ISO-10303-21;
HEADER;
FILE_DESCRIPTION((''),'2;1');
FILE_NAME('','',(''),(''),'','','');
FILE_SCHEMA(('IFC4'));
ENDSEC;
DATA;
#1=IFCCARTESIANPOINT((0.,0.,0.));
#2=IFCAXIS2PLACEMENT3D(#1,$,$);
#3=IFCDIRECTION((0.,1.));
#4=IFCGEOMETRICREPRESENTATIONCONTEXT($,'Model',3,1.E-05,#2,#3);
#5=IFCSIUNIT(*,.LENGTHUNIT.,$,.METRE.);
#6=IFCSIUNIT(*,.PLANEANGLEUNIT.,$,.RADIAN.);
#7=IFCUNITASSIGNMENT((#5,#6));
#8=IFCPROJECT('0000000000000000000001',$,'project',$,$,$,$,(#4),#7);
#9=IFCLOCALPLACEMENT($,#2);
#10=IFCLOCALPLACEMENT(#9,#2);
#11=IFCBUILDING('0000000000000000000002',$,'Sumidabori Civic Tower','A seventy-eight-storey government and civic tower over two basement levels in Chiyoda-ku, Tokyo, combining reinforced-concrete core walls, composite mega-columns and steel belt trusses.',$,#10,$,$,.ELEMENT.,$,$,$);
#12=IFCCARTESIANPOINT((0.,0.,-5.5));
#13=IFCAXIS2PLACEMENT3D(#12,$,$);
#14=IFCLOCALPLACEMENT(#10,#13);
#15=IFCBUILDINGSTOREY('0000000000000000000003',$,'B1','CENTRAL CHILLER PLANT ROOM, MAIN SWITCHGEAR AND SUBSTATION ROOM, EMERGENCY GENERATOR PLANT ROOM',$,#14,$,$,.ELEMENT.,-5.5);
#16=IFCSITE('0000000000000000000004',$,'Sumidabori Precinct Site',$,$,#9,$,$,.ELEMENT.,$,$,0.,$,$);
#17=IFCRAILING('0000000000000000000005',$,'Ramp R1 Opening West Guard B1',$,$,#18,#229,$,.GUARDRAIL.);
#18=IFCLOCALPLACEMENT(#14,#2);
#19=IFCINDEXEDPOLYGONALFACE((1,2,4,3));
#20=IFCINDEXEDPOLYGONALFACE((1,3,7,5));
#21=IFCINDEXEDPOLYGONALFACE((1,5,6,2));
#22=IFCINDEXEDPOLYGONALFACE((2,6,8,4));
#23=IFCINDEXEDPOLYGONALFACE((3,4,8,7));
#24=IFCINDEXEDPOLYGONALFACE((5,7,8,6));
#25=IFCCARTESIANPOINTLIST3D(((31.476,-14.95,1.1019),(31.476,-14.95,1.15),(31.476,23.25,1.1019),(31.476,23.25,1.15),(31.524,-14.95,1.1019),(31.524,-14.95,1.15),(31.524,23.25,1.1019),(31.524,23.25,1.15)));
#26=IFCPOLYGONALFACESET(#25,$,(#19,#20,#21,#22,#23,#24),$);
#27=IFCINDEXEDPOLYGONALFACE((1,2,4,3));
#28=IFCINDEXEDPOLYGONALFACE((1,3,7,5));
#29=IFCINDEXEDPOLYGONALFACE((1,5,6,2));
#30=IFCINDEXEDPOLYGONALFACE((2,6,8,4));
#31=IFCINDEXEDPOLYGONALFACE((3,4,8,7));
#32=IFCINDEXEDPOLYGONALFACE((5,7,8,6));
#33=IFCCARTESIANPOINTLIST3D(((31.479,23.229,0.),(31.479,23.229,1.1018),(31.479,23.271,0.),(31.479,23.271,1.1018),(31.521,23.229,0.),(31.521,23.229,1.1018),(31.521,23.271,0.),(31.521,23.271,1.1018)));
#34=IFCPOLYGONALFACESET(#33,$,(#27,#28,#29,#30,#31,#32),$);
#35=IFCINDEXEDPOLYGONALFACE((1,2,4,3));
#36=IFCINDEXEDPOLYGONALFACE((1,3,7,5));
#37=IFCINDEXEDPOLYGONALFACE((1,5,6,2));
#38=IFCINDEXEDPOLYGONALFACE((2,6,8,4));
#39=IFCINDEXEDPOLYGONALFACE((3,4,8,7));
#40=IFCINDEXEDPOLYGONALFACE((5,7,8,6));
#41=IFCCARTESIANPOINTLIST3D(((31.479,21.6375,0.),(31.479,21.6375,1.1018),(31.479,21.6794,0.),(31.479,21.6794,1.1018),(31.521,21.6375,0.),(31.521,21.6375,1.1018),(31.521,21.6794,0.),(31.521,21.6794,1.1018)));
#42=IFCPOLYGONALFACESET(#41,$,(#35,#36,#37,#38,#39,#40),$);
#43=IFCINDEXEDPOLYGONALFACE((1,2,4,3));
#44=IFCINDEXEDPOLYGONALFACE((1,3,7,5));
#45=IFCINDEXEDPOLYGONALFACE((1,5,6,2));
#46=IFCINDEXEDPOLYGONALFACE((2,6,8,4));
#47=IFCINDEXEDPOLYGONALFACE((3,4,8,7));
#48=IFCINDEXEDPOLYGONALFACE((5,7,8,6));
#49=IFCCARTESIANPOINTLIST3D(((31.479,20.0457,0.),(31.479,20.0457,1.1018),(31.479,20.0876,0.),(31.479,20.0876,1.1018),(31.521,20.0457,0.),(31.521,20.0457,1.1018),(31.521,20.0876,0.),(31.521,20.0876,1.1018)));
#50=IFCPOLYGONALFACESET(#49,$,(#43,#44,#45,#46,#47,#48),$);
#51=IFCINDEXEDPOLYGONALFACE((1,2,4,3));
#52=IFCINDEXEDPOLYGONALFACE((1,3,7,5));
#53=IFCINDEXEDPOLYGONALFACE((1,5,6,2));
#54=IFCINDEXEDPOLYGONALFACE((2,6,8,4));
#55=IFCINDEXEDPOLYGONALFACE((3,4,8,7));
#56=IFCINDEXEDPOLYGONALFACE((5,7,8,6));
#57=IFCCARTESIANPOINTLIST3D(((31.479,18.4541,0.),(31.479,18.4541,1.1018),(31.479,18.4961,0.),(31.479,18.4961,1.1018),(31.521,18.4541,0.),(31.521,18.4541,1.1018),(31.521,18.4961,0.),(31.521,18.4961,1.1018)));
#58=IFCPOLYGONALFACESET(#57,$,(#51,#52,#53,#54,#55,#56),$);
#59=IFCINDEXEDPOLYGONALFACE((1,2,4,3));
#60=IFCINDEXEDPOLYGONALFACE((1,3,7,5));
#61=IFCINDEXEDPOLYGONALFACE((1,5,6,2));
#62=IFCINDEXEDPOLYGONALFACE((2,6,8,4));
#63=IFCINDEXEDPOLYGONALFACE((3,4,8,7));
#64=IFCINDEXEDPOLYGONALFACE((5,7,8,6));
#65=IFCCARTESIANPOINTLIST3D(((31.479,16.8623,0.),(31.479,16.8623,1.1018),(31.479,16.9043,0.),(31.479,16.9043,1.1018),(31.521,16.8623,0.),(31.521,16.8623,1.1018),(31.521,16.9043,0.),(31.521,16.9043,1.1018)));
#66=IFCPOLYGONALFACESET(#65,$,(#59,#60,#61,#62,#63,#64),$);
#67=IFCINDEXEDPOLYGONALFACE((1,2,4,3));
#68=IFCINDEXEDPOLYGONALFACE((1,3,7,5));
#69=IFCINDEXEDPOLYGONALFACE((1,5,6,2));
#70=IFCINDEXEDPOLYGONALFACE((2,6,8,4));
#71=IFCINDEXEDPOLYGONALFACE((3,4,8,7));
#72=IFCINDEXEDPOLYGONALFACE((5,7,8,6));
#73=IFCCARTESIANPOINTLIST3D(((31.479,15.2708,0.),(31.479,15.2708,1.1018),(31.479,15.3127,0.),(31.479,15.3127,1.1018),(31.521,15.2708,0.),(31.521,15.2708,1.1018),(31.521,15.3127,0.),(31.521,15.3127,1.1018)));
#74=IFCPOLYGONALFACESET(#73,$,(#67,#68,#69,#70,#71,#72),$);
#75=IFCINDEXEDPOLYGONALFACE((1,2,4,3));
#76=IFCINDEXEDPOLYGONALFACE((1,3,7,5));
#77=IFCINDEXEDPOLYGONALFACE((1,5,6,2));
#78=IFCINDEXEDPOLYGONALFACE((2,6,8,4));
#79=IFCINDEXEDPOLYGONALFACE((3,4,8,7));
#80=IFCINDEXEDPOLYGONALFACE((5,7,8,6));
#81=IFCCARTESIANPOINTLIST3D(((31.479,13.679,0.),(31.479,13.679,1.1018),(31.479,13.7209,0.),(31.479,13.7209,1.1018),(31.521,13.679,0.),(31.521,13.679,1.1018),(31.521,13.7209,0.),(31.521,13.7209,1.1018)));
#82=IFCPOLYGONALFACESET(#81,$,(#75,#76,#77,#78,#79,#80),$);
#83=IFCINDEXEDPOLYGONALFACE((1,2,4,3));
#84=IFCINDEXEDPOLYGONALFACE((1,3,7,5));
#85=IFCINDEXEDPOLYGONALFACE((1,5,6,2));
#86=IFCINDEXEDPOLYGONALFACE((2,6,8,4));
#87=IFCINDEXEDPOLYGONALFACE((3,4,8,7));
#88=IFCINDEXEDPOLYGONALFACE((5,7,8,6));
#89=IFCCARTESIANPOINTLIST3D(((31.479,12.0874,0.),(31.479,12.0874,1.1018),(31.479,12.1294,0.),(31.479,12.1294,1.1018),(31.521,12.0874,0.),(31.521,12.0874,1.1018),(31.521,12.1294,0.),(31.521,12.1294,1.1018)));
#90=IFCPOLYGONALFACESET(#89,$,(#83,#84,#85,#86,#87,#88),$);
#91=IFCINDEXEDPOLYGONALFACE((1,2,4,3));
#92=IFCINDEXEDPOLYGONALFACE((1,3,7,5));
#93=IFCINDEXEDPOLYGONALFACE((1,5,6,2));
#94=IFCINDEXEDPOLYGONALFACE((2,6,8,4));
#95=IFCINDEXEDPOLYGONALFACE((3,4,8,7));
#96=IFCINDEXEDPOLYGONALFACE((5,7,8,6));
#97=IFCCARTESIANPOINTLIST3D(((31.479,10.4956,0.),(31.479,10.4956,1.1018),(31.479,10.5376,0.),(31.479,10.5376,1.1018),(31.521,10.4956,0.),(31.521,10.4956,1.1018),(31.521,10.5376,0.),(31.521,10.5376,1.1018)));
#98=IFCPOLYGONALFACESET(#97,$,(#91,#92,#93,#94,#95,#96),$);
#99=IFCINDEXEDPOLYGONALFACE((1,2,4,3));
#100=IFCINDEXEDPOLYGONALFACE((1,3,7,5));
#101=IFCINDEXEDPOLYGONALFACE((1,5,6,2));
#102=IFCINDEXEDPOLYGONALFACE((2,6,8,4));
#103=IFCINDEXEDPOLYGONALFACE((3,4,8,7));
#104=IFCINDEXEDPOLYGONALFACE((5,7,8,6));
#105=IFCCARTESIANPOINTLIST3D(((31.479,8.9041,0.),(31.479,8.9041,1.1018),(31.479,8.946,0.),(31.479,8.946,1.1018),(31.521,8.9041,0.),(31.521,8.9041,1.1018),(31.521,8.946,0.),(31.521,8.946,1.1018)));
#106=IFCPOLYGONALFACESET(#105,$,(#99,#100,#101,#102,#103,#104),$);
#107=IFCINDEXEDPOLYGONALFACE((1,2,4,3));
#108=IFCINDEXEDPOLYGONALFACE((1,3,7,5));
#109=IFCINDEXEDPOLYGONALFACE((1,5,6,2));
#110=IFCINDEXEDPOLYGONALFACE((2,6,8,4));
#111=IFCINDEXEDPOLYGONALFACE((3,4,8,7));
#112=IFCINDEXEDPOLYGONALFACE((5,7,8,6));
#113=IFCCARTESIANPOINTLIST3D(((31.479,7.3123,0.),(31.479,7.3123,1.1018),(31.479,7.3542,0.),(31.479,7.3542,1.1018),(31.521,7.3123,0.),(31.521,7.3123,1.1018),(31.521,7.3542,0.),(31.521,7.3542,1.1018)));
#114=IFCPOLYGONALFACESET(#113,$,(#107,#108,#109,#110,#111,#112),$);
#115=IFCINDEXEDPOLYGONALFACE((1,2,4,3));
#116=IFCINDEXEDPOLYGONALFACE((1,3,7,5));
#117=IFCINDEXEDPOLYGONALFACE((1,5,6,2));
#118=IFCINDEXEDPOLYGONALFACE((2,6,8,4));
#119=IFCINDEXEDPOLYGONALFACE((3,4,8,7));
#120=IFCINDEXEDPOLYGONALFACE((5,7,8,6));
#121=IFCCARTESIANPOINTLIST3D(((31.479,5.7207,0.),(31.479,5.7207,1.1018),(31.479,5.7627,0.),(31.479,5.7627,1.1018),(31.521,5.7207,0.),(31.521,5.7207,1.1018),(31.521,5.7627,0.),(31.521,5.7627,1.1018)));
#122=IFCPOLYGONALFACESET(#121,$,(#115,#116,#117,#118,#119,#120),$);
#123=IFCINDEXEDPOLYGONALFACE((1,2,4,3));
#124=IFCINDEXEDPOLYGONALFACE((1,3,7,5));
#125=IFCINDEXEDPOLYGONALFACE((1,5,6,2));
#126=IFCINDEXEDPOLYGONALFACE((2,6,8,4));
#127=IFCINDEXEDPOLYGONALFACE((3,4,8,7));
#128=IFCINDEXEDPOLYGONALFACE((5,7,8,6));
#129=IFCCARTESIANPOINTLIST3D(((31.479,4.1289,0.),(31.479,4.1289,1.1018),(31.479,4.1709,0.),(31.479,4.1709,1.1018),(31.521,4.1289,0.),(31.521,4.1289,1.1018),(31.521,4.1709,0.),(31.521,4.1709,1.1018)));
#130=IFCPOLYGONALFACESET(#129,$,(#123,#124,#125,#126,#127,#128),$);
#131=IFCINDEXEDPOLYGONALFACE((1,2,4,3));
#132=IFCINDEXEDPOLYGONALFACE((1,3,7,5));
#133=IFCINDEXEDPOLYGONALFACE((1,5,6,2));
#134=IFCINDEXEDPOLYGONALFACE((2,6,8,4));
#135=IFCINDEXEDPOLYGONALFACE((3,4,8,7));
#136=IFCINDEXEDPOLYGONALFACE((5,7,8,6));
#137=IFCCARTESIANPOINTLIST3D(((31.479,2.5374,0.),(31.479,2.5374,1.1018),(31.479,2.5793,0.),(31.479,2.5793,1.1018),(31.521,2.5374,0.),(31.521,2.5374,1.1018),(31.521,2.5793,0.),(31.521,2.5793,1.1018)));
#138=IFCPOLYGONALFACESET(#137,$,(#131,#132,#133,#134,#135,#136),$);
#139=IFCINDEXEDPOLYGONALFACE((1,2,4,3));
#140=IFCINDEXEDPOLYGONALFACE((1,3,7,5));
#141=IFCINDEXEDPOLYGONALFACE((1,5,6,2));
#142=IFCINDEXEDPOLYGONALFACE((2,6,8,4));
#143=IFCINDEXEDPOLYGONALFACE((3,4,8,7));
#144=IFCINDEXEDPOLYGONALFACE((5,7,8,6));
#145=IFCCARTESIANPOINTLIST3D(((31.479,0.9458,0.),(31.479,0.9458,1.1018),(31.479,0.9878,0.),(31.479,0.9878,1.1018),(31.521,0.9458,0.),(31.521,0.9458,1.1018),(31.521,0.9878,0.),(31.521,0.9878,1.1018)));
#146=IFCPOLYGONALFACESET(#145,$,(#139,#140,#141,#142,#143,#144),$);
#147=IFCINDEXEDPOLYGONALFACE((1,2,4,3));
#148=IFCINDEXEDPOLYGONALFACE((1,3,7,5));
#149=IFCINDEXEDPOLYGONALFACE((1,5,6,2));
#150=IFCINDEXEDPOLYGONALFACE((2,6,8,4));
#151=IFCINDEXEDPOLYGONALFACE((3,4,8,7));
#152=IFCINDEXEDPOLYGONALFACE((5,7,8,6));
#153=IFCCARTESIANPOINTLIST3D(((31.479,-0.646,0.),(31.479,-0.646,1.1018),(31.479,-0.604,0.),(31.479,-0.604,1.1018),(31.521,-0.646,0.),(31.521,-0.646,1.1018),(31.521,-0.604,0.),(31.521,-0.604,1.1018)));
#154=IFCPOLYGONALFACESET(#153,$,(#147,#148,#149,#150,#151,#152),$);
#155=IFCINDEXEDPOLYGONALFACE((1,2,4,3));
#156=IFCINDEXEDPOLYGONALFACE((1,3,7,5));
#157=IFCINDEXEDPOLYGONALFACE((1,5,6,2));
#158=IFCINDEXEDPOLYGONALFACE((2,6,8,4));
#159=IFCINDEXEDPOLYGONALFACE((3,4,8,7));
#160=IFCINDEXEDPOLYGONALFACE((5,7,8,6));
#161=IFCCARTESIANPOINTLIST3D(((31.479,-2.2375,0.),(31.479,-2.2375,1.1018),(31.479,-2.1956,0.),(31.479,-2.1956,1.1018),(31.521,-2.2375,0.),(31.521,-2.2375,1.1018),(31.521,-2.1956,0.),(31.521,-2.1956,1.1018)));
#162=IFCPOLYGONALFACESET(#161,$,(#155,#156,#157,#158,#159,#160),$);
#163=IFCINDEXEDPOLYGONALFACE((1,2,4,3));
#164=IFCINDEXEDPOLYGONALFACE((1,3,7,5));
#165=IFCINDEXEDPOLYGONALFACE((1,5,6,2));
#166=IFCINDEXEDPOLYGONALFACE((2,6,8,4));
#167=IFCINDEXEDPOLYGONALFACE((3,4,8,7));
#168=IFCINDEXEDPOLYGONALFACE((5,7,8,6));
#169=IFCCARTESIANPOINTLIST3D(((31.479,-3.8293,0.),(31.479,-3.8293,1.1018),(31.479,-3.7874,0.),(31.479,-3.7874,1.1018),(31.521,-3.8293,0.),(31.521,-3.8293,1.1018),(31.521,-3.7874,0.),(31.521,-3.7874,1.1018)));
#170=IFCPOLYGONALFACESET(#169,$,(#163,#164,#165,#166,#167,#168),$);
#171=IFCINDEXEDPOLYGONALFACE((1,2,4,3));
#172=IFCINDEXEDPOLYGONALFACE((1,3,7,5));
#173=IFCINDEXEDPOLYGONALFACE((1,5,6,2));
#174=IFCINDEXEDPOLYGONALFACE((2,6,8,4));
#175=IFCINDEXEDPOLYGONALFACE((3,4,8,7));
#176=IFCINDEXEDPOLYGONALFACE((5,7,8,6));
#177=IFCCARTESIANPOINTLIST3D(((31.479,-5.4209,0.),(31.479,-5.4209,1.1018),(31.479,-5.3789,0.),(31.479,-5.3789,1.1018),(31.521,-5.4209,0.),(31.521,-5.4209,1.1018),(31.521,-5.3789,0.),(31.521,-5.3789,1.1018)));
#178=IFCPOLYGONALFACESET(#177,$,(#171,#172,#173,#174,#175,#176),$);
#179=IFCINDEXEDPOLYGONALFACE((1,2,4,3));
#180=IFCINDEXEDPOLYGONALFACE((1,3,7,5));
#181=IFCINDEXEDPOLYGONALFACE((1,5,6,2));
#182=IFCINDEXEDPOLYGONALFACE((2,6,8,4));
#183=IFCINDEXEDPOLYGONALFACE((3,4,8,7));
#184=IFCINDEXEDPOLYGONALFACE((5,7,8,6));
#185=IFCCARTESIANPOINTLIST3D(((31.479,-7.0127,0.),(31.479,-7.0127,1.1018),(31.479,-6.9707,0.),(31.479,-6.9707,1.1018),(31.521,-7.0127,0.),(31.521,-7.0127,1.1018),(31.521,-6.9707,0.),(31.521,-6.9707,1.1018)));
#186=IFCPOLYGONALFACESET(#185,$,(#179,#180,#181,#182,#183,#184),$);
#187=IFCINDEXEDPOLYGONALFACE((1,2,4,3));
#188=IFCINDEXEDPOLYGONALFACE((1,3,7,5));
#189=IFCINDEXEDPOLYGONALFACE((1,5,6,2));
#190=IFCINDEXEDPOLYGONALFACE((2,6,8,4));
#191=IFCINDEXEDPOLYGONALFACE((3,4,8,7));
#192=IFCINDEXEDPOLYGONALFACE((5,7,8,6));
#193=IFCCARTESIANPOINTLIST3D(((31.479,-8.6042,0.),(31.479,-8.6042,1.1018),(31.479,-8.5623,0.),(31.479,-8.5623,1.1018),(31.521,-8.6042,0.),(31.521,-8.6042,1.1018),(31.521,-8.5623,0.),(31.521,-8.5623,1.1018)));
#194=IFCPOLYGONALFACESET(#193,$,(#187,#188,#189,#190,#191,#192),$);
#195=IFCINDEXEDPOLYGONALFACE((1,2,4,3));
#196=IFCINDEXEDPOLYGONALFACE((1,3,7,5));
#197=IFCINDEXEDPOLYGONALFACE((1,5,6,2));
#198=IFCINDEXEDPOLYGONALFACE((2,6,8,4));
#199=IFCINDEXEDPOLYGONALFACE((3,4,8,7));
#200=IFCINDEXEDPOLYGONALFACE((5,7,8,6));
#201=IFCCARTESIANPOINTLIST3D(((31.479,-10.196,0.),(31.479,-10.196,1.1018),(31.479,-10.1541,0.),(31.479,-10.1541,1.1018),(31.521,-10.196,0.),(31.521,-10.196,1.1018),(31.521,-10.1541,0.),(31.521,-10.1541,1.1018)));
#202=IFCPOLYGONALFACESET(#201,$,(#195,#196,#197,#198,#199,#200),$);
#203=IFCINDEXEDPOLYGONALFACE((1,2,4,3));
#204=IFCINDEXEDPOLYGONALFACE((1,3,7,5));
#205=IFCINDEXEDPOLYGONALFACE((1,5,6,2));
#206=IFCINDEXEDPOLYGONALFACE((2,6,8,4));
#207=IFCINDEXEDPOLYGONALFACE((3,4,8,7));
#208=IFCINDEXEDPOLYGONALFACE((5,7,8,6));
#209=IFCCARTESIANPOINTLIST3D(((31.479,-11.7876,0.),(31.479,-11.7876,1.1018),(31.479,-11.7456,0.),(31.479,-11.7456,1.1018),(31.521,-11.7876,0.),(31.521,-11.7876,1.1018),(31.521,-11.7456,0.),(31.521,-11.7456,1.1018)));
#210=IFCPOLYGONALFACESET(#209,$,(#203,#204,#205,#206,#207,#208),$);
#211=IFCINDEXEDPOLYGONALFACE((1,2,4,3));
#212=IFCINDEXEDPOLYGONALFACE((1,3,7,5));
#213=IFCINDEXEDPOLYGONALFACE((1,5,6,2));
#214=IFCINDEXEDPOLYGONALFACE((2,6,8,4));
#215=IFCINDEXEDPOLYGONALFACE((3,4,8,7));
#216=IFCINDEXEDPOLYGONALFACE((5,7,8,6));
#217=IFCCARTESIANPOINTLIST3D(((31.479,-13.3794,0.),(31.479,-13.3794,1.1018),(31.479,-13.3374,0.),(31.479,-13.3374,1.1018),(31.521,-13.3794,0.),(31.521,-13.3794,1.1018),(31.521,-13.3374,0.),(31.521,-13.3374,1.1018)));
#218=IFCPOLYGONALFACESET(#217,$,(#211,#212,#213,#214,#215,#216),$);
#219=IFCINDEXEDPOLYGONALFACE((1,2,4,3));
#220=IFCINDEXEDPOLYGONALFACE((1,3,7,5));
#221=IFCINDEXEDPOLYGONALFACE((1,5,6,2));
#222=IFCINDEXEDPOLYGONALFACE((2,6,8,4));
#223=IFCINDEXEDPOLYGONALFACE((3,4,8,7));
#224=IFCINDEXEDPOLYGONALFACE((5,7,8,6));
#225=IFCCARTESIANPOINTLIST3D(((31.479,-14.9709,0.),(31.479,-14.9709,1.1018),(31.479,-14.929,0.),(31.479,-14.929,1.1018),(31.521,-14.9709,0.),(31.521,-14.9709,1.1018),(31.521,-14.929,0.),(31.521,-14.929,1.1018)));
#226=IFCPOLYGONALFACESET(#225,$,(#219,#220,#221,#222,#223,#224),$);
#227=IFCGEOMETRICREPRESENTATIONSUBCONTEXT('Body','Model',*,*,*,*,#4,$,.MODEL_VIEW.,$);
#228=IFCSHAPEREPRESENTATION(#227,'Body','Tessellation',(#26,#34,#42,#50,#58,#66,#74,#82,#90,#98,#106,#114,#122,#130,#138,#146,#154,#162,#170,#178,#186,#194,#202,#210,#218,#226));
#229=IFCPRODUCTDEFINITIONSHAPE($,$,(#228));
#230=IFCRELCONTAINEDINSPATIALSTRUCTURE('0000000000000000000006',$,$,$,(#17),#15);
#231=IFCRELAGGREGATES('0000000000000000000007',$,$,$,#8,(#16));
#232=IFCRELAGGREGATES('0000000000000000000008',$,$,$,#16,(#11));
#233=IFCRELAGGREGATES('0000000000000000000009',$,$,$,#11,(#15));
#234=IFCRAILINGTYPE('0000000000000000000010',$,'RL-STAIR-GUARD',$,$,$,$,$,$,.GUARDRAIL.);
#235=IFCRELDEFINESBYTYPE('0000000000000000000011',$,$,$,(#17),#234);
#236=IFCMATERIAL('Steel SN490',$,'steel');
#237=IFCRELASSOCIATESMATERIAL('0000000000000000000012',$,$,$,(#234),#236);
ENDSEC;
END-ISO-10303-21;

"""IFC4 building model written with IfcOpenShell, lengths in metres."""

from ifc_helpers import new_model, si_unit, direction, frame, origin, origin_2d, place, context, subcontext, project, spatial, rectangle, extrude, material, type_object, element, save


model = new_model("IFC4")

# Units and contexts
model_context = context("Model", 3, precision=1e-05, world=origin(), true_north=direction((0.0, 1.0)))
body_context = subcontext(model_context, "Body", "Model", "MODEL_VIEW")
ifc_project = project(units=[si_unit("LENGTHUNIT", "METRE"), si_unit("PLANEANGLEUNIT", "RADIAN")], contexts=[model_context])

# Site, building, storey
site_placement = place(None, origin())
site = spatial("IfcSite", under=ifc_project, at=site_placement, Name="Sumidabori Precinct Site", CompositionType="ELEMENT", RefElevation=0.0)
building_placement = place(site_placement, origin())
building = spatial("IfcBuilding", under=site, at=building_placement, Name="Sumidabori Civic Tower", Description="A seventy-eight-storey government and civic tower over two basement levels in Chiyoda-ku, Tokyo, combining reinforced-concrete core walls, composite mega-columns and steel belt trusses.", CompositionType="ELEMENT")
storey_placement = place(building_placement, frame((0.0, 0.0, -5.5)))
storey = spatial("IfcBuildingStorey", under=building, at=storey_placement, Name="B1", Description="CENTRAL CHILLER PLANT ROOM, MAIN SWITCHGEAR AND SUBSTATION ROOM, EMERGENCY GENERATOR PLANT ROOM", CompositionType="ELEMENT", Elevation=-5.5)

# Shared definitions
ifc_material_1 = material(Name="Steel SN490", Category="steel")

# Railing
railing_type_1 = type_object("IfcRailingType", Name="RL-STAIR-GUARD", PredefinedType="GUARDRAIL", material=ifc_material_1)
railing_1_placement = place(storey_placement, frame((31.5, 23.25, 0.0)))
element("IfcRailing", 1, at=railing_1_placement, inside=storey, type_object=railing_type_1, Name="Ramp R1 Opening West Guard B1", PredefinedType="GUARDRAIL", context=body_context, shape_type="SweptSolid", body=[
    extrude(rectangle(XDim=0.0481, YDim=0.0481, at=origin_2d()), frame((0.0, 0.0, 1.126), z_axis=(0.0, -1.0, 0.0), x_axis=(1.0, 0.0, 0.0)), (0.0, 0.0, 1.0), 38.2),
    extrude(rectangle(XDim=0.042, YDim=0.042, at=origin_2d()), origin(), (0.0, 0.0, 1.0), 1.1018),
    extrude(rectangle(XDim=0.042, YDim=0.042, at=origin_2d()), frame((0.0, -1.5916, 0.0)), (0.0, 0.0, 1.0), 1.1018),
    extrude(rectangle(XDim=0.042, YDim=0.042, at=origin_2d()), frame((0.0, -3.1833, 0.0)), (0.0, 0.0, 1.0), 1.1018),
    extrude(rectangle(XDim=0.042, YDim=0.042, at=origin_2d()), frame((0.0, -4.7749, 0.0)), (0.0, 0.0, 1.0), 1.1018),
    extrude(rectangle(XDim=0.042, YDim=0.042, at=origin_2d()), frame((0.0, -6.3667, 0.0)), (0.0, 0.0, 1.0), 1.1018),
    extrude(rectangle(XDim=0.042, YDim=0.042, at=origin_2d()), frame((0.0, -7.9583, 0.0)), (0.0, 0.0, 1.0), 1.1018),
    extrude(rectangle(XDim=0.042, YDim=0.042, at=origin_2d()), frame((0.0, -9.55, 0.0)), (0.0, 0.0, 1.0), 1.1018),
    extrude(rectangle(XDim=0.042, YDim=0.042, at=origin_2d()), frame((0.0, -11.1416, 0.0)), (0.0, 0.0, 1.0), 1.1018),
    extrude(rectangle(XDim=0.042, YDim=0.042, at=origin_2d()), frame((0.0, -12.7334, 0.0)), (0.0, 0.0, 1.0), 1.1018),
    extrude(rectangle(XDim=0.042, YDim=0.042, at=origin_2d()), frame((0.0, -14.325, 0.0)), (0.0, 0.0, 1.0), 1.1018),
    extrude(rectangle(XDim=0.042, YDim=0.042, at=origin_2d()), frame((0.0, -15.9167, 0.0)), (0.0, 0.0, 1.0), 1.1018),
    extrude(rectangle(XDim=0.042, YDim=0.042, at=origin_2d()), frame((0.0, -17.5083, 0.0)), (0.0, 0.0, 1.0), 1.1018),
    extrude(rectangle(XDim=0.042, YDim=0.042, at=origin_2d()), frame((0.0, -19.1001, 0.0)), (0.0, 0.0, 1.0), 1.1018),
    extrude(rectangle(XDim=0.042, YDim=0.042, at=origin_2d()), frame((0.0, -20.6917, 0.0)), (0.0, 0.0, 1.0), 1.1018),
    extrude(rectangle(XDim=0.042, YDim=0.042, at=origin_2d()), frame((0.0, -22.2832, 0.0)), (0.0, 0.0, 1.0), 1.1018),
    extrude(rectangle(XDim=0.042, YDim=0.042, at=origin_2d()), frame((0.0, -23.875, 0.0)), (0.0, 0.0, 1.0), 1.1018),
    extrude(rectangle(XDim=0.042, YDim=0.042, at=origin_2d()), frame((0.0, -25.4666, 0.0)), (0.0, 0.0, 1.0), 1.1018),
    extrude(rectangle(XDim=0.042, YDim=0.042, at=origin_2d()), frame((0.0, -27.0583, 0.0)), (0.0, 0.0, 1.0), 1.1018),
    extrude(rectangle(XDim=0.042, YDim=0.042, at=origin_2d()), frame((0.0, -28.6499, 0.0)), (0.0, 0.0, 1.0), 1.1018),
    extrude(rectangle(XDim=0.042, YDim=0.042, at=origin_2d()), frame((0.0, -30.2417, 0.0)), (0.0, 0.0, 1.0), 1.1018),
    extrude(rectangle(XDim=0.042, YDim=0.042, at=origin_2d()), frame((0.0, -31.8333, 0.0)), (0.0, 0.0, 1.0), 1.1018),
    extrude(rectangle(XDim=0.042, YDim=0.042, at=origin_2d()), frame((0.0, -33.425, 0.0)), (0.0, 0.0, 1.0), 1.1018),
    extrude(rectangle(XDim=0.042, YDim=0.042, at=origin_2d()), frame((0.0, -35.0166, 0.0)), (0.0, 0.0, 1.0), 1.1018),
    extrude(rectangle(XDim=0.042, YDim=0.042, at=origin_2d()), frame((0.0, -36.6084, 0.0)), (0.0, 0.0, 1.0), 1.1018),
    extrude(rectangle(XDim=0.042, YDim=0.042, at=origin_2d()), frame((0.0, -38.2, 0.0)), (0.0, 0.0, 1.0), 1.1018),
])

save(model, "model.ifc")
